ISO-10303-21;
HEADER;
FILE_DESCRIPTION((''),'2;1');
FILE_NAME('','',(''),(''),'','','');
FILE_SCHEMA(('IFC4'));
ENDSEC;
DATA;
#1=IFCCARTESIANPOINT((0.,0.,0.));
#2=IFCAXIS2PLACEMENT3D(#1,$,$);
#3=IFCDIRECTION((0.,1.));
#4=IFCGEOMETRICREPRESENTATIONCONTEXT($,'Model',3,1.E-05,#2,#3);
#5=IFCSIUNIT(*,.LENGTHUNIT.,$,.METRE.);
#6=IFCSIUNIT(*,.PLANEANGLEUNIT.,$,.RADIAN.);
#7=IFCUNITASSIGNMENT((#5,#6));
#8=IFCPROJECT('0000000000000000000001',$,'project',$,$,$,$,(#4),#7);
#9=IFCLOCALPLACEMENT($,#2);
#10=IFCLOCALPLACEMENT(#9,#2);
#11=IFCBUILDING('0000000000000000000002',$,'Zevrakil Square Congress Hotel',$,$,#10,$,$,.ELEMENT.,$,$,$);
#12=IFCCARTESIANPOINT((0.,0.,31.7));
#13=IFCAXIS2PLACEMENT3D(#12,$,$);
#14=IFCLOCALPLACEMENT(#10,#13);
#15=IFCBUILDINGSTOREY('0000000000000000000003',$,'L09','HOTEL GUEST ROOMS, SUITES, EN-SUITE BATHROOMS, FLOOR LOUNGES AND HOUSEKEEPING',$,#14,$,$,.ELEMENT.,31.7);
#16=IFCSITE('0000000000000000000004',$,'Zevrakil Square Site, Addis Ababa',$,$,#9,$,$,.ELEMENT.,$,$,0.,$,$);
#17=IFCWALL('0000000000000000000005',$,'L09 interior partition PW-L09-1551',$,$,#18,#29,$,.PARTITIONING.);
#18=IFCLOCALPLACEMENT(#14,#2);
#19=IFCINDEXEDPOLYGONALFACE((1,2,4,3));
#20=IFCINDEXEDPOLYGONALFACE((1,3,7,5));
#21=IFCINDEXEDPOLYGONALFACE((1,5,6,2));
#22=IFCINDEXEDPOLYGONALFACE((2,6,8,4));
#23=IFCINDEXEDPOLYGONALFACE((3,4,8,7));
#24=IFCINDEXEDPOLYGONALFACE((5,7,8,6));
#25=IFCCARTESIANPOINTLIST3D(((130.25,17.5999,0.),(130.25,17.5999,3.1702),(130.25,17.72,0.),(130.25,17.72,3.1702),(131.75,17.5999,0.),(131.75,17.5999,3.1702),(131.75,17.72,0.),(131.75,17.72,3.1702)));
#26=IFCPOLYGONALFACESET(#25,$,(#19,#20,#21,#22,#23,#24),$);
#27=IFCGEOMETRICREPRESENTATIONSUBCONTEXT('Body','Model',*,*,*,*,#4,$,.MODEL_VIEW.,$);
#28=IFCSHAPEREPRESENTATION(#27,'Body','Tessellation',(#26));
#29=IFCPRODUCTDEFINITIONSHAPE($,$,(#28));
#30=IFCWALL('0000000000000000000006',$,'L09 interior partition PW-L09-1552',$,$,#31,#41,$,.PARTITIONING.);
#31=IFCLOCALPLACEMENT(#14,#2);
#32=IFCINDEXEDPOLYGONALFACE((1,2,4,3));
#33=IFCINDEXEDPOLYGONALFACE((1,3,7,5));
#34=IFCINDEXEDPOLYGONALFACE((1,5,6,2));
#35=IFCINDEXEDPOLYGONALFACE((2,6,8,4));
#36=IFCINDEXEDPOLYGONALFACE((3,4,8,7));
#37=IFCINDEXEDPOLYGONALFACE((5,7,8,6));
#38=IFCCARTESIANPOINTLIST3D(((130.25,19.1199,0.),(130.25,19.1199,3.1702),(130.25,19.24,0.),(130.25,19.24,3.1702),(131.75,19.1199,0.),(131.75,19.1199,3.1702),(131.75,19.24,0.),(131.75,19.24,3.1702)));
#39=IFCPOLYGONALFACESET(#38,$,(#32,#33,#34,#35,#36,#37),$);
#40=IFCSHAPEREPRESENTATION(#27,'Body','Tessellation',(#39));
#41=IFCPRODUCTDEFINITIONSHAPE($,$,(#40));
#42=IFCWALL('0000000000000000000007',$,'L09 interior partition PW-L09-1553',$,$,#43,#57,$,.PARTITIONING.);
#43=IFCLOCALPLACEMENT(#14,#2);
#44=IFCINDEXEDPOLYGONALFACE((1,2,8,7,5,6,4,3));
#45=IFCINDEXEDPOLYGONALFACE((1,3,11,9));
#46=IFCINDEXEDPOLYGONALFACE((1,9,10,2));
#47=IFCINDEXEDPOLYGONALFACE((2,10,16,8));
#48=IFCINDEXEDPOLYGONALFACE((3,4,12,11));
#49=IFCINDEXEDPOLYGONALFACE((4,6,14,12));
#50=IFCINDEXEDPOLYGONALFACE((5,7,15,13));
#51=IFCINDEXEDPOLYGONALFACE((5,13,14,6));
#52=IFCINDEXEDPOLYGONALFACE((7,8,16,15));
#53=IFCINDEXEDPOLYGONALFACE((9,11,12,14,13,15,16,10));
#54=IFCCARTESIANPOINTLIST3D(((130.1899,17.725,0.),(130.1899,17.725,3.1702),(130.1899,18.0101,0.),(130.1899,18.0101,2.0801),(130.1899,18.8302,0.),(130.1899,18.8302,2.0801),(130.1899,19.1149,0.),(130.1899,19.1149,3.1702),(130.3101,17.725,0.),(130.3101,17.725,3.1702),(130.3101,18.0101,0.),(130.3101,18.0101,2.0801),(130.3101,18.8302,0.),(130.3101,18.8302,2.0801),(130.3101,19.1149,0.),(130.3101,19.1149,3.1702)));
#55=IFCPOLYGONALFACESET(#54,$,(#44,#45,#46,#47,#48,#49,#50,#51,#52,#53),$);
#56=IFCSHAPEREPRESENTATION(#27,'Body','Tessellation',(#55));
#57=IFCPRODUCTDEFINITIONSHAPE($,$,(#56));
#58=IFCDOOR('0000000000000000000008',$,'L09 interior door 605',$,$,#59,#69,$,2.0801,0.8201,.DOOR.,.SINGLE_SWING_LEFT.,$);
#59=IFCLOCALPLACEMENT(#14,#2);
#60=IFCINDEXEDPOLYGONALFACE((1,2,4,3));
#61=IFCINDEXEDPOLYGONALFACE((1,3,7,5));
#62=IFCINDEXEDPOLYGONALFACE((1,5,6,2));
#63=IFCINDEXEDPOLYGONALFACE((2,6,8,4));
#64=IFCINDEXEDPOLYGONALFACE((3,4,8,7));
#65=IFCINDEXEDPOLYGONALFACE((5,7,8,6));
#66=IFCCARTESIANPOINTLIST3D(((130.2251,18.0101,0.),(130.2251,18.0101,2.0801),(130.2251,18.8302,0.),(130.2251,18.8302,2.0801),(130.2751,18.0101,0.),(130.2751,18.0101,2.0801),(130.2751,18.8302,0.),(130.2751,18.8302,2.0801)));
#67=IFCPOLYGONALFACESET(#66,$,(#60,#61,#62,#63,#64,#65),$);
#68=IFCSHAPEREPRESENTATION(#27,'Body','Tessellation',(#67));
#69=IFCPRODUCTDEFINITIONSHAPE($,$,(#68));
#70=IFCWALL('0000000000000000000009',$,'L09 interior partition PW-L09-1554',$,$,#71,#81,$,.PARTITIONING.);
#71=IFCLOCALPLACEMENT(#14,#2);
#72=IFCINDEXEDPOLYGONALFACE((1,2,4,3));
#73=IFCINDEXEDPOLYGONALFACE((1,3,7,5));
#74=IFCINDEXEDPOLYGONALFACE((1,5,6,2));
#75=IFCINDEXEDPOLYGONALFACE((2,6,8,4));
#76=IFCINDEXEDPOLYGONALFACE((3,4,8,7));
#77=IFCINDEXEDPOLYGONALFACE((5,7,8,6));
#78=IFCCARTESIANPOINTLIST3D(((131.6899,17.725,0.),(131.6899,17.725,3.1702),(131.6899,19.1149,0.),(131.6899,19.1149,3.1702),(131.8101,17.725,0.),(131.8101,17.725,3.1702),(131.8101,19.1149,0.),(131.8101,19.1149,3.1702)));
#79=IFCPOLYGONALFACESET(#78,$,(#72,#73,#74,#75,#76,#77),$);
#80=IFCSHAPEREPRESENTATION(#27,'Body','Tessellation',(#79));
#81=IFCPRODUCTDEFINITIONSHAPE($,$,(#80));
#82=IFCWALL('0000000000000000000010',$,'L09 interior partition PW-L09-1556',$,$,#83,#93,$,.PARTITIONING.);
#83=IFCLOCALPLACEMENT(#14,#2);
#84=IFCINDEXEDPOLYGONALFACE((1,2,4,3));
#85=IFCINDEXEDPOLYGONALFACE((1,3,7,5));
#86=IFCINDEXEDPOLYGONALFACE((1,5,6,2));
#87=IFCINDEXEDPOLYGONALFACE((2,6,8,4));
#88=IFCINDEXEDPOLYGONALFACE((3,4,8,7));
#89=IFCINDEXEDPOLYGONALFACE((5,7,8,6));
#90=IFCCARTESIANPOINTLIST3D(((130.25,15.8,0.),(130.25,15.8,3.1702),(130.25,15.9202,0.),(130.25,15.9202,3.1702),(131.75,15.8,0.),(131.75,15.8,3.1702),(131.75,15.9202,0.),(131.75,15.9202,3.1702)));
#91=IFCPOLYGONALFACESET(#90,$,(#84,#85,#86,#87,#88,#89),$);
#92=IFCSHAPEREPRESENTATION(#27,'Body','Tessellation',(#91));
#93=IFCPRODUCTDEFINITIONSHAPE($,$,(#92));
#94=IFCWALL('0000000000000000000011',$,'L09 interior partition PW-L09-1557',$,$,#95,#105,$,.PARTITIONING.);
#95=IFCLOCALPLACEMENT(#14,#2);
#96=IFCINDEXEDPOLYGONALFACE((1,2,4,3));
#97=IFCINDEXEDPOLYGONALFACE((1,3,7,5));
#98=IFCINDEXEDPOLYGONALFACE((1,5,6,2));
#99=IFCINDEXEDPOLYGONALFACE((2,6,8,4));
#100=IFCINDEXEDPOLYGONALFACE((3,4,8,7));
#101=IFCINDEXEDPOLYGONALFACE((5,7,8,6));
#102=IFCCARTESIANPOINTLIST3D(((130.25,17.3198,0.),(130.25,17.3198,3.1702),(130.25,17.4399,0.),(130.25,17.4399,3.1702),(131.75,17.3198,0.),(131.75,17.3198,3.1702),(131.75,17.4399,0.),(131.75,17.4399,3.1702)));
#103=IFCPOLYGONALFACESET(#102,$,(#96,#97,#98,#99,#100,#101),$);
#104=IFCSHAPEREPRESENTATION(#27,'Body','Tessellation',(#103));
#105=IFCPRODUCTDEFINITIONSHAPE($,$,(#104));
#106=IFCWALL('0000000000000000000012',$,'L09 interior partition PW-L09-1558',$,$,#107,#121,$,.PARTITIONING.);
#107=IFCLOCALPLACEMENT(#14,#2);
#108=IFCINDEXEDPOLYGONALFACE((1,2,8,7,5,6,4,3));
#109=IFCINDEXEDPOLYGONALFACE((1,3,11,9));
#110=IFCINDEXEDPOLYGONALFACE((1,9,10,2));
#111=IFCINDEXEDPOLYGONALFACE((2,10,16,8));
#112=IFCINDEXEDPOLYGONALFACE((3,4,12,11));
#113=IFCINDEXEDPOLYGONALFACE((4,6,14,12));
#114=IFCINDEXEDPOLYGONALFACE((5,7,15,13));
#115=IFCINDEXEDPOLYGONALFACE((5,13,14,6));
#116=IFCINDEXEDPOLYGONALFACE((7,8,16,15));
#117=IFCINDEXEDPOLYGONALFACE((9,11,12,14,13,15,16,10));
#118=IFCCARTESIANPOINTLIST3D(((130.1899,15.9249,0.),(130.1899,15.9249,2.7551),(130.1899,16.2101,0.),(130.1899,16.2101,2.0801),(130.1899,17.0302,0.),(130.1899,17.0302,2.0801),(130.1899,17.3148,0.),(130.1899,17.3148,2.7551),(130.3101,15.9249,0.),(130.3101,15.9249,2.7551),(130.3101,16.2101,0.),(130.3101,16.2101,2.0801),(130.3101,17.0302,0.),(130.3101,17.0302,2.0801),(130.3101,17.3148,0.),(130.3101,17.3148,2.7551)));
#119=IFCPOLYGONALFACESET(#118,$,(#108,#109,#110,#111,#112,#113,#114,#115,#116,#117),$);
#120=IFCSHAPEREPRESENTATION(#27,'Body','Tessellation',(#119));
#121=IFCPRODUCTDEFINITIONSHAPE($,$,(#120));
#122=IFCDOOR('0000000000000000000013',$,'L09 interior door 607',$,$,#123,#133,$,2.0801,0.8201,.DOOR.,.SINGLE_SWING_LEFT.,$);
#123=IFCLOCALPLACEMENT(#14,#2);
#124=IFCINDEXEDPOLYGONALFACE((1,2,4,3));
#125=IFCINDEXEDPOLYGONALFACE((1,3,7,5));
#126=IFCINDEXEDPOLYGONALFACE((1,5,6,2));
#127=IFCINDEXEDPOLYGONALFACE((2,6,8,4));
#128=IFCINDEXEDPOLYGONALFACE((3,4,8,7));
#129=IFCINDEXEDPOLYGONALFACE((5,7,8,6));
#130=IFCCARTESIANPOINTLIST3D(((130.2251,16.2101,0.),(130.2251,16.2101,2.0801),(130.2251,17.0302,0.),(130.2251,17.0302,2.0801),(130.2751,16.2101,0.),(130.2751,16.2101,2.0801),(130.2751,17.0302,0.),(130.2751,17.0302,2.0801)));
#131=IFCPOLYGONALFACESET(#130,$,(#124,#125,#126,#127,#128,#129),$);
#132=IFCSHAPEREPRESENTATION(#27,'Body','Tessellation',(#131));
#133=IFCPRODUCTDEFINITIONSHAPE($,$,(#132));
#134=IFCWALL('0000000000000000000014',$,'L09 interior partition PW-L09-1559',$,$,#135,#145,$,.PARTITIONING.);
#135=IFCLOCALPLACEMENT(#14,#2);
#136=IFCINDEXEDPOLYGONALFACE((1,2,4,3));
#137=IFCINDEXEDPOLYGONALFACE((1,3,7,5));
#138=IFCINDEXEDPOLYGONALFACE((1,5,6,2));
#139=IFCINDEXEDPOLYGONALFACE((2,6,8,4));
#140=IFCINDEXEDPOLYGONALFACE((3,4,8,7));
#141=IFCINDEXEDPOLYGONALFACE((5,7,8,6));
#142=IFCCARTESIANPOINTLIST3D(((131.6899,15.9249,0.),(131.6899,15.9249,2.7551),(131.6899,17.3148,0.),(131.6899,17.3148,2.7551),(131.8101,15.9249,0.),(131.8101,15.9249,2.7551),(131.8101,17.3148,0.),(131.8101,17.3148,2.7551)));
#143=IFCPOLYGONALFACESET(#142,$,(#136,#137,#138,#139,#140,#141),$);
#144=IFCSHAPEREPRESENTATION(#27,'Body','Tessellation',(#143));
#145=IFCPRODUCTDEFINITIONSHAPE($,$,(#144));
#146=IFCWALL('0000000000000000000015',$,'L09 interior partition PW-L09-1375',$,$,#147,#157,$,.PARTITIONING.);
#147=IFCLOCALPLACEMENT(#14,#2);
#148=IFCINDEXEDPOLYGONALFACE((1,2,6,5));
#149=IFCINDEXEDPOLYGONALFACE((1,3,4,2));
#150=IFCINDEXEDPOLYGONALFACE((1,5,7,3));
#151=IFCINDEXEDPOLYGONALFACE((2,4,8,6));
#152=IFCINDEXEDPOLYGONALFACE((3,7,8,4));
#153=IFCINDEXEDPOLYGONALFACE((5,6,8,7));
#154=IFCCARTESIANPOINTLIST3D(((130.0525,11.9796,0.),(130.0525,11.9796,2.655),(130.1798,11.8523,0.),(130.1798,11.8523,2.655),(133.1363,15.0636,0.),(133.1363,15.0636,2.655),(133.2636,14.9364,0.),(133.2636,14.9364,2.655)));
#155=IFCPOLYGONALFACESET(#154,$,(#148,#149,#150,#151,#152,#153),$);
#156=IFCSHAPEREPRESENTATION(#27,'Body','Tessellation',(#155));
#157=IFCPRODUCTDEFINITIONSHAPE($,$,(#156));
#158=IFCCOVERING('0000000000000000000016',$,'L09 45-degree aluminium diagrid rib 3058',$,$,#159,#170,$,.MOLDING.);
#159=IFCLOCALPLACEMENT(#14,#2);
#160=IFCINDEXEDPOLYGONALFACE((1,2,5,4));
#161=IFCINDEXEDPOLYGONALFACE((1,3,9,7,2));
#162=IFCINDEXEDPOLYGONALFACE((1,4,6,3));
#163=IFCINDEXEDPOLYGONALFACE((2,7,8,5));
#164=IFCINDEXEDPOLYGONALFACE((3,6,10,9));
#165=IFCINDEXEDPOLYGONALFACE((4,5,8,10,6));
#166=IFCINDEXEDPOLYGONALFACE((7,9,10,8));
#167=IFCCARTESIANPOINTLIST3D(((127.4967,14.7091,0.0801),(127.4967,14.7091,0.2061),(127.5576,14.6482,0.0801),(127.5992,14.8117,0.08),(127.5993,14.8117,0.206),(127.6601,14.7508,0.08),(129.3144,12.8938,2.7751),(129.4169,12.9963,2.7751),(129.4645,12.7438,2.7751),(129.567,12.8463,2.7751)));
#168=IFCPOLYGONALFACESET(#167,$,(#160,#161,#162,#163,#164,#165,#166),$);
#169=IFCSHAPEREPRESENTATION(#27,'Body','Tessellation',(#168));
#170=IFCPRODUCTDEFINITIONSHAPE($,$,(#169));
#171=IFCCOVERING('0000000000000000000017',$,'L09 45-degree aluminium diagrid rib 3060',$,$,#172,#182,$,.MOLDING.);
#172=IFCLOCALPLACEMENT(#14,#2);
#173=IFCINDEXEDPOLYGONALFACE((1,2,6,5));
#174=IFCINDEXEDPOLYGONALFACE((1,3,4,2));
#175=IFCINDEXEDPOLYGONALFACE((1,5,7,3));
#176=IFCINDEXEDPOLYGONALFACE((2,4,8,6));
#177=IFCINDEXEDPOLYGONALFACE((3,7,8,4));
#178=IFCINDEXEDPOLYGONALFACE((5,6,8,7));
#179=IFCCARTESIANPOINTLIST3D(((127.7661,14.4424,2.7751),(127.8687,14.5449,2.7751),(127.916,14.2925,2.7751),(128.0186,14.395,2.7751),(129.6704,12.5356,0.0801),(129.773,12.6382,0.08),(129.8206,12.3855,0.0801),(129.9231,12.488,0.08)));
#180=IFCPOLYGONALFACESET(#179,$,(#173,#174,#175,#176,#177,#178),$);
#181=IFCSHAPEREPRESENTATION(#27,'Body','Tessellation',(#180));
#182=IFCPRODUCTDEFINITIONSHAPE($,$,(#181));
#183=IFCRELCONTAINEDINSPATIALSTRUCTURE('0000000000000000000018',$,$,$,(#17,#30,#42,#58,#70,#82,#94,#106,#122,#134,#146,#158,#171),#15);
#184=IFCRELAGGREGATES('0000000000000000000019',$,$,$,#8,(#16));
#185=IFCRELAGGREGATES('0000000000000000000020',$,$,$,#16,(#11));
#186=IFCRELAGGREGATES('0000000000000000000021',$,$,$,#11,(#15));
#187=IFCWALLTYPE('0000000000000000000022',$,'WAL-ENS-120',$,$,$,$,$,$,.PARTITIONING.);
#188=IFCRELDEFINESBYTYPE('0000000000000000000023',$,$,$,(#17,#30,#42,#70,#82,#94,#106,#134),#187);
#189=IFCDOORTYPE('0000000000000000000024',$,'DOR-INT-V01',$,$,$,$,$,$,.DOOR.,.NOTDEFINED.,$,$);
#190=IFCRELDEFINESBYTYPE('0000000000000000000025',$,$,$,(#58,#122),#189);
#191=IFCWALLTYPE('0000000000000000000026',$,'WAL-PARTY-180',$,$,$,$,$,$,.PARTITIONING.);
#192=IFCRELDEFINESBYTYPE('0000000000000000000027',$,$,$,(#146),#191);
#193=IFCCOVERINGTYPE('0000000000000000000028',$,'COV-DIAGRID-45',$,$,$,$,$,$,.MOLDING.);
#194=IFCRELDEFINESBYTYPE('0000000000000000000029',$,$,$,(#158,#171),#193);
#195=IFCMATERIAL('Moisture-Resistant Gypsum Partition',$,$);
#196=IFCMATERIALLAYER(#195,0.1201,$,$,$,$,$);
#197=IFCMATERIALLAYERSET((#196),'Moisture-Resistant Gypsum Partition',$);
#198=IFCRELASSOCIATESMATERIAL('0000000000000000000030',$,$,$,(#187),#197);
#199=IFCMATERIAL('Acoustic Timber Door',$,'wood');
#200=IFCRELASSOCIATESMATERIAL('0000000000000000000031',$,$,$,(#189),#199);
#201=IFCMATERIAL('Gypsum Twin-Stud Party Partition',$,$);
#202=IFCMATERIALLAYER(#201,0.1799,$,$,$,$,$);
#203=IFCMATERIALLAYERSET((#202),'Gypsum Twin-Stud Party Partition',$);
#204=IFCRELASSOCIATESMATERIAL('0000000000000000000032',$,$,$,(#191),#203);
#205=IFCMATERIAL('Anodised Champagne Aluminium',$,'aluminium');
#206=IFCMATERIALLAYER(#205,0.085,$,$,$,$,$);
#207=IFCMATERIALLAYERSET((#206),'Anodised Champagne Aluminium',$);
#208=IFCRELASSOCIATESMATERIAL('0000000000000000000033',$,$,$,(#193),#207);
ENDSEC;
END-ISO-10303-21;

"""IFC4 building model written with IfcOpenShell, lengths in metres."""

from ifc_helpers import new_model, si_unit, direction, frame, frame_2d, origin, place, context, subcontext, project, spatial, polyline, rectangle, outline, extrude, material, layer, layer_set, type_object, element, fill, save


model = new_model("IFC4")

# Units and contexts
model_context = context("Model", 3, precision=1e-05, world=origin(), true_north=direction((0.0, 1.0)))
body_context = subcontext(model_context, "Body", "Model", "MODEL_VIEW")
ifc_project = project(units=[si_unit("LENGTHUNIT", "METRE"), si_unit("PLANEANGLEUNIT", "RADIAN")], contexts=[model_context])

# Site, building, storey
site_placement = place(None, origin())
site = spatial("IfcSite", under=ifc_project, at=site_placement, Name="Zevrakil Square Site, Addis Ababa", CompositionType="ELEMENT", RefElevation=0.0)
building_placement = place(site_placement, origin())
building = spatial("IfcBuilding", under=site, at=building_placement, Name="Zevrakil Square Congress Hotel", CompositionType="ELEMENT")
storey_placement = place(building_placement, frame((0.0, 0.0, 31.7)))
storey = spatial("IfcBuildingStorey", under=building, at=storey_placement, Name="L09", Description="HOTEL GUEST ROOMS, SUITES, EN-SUITE BATHROOMS, FLOOR LOUNGES AND HOUSEKEEPING", CompositionType="ELEMENT", Elevation=31.7)

# Shared definitions
ifc_material_1 = material(Name="Moisture-Resistant Gypsum Partition")
ifc_layer_1 = layer(ifc_material_1, 0.1201)
ifc_layer_set_1 = layer_set([ifc_layer_1], Name="Moisture-Resistant Gypsum Partition")
wall_type_1 = type_object("IfcWallType", Name="WAL-ENS-120", PredefinedType="PARTITIONING", material=ifc_layer_set_1)

# Shared definitions
ifc_material_2 = material(Name="Acoustic Timber Door", Category="wood")
door_type_1 = type_object("IfcDoorType", Name="DOR-INT-V01", OperationType="NOTDEFINED", PredefinedType="DOOR", material=ifc_material_2)

# Walls
for number, where, z_axis, x_axis, name in (
    (1, (130.25, 17.6599, 0.0), (0.0, 0.0, 1.0), (1.0, 0.0, 0.0), "L09 interior partition PW-L09-1551"),
    (2, (130.25, 19.1799, 0.0), (0.0, 0.0, 1.0), (1.0, 0.0, 0.0), "L09 interior partition PW-L09-1552"),
):
    element("IfcWall", number, at=place(storey_placement, frame(where, z_axis=z_axis, x_axis=x_axis)), inside=storey, type_object=wall_type_1, Name=name, PredefinedType="PARTITIONING", context=body_context, shape_type="SweptSolid", body=[
        extrude(rectangle(XDim=1.5, YDim=0.1201, at=frame_2d((0.75, 0.0))), origin(), (0.0, 0.0, 1.0), 3.1702),
    ])

# Wall, opening, door
wall_1_placement = place(storey_placement, frame((130.25, 17.7251, 0.0), z_axis=(0.0, 0.0, 1.0), x_axis=(0.0, 1.0, 0.0)))
wall_1 = element("IfcWall", 3, at=wall_1_placement, inside=storey, type_object=wall_type_1, Name="L09 interior partition PW-L09-1553", PredefinedType="PARTITIONING", context=body_context, shape_type="SweptSolid", body=[
    extrude(rectangle(XDim=1.3899, YDim=0.1201, at=frame_2d((0.6948, 0.0))), origin(), (0.0, 0.0, 1.0), 3.1702),
])
opening_1_placement = place(wall_1_placement, frame((0.2849, 0.0, 0.0)))
opening_1 = element("IfcOpeningElement", 4, at=opening_1_placement, cuts=wall_1, PredefinedType="OPENING", context=body_context, shape_type="SweptSolid", body=[
    extrude(rectangle(XDim=0.8201, YDim=2.0801, at=frame_2d((0.4102, 1.04))), frame((0.0, 0.0701, 0.0), z_axis=(0.0, -1.0, 0.0), x_axis=(1.0, 0.0, 0.0)), (0.0, 0.0, 1.0), 0.1401),
])
door_1_placement = place(opening_1_placement, origin())
door_1 = element("IfcDoor", 5, at=door_1_placement, inside=storey, type_object=door_type_1, Name="L09 interior door 605", OperationType="SINGLE_SWING_LEFT", OverallHeight=2.0801, OverallWidth=0.8201, PredefinedType="DOOR", context=body_context, shape_type="SweptSolid", body=[
    extrude(rectangle(XDim=0.8201, YDim=2.0801, at=frame_2d((0.4102, 1.04))), frame((0.0, 0.0249, 0.0), z_axis=(0.0, -1.0, 0.0), x_axis=(1.0, 0.0, 0.0)), (0.0, 0.0, 1.0), 0.05),
])
fill(opening_1, door_1)

# Walls
wall_2_placement = place(storey_placement, frame((131.75, 17.7251, 0.0), z_axis=(0.0, 0.0, 1.0), x_axis=(0.0, 1.0, 0.0)))
element("IfcWall", 6, at=wall_2_placement, inside=storey, type_object=wall_type_1, Name="L09 interior partition PW-L09-1554", PredefinedType="PARTITIONING", context=body_context, shape_type="SweptSolid", body=[
    extrude(rectangle(XDim=1.3899, YDim=0.1201, at=frame_2d((0.6948, 0.0))), origin(), (0.0, 0.0, 1.0), 3.1702),
])
for number, where, z_axis, x_axis, name in (
    (7, (130.25, 15.8601, 0.0), (0.0, 0.0, 1.0), (1.0, 0.0, 0.0), "L09 interior partition PW-L09-1556"),
    (8, (130.25, 17.3799, 0.0), (0.0, 0.0, 1.0), (1.0, 0.0, 0.0), "L09 interior partition PW-L09-1557"),
):
    element("IfcWall", number, at=place(storey_placement, frame(where, z_axis=z_axis, x_axis=x_axis)), inside=storey, type_object=wall_type_1, Name=name, PredefinedType="PARTITIONING", context=body_context, shape_type="SweptSolid", body=[
        extrude(rectangle(XDim=1.5, YDim=0.1201, at=frame_2d((0.75, 0.0))), origin(), (0.0, 0.0, 1.0), 3.1702),
    ])

# Wall, opening, door
wall_3_placement = place(storey_placement, frame((130.25, 15.925, 0.0), z_axis=(0.0, 0.0, 1.0), x_axis=(0.0, 1.0, 0.0)))
wall_3 = element("IfcWall", 9, at=wall_3_placement, inside=storey, type_object=wall_type_1, Name="L09 interior partition PW-L09-1558", PredefinedType="PARTITIONING", context=body_context, shape_type="SweptSolid", body=[
    extrude(rectangle(XDim=1.3899, YDim=0.1201, at=frame_2d((0.6948, 0.0))), origin(), (0.0, 0.0, 1.0), 2.7551),
])
opening_2_placement = place(wall_3_placement, frame((0.2849, 0.0, 0.0)))
opening_2 = element("IfcOpeningElement", 10, at=opening_2_placement, cuts=wall_3, PredefinedType="OPENING", context=body_context, shape_type="SweptSolid", body=[
    extrude(rectangle(XDim=0.8201, YDim=2.0801, at=frame_2d((0.4102, 1.04))), frame((0.0, 0.0701, 0.0), z_axis=(0.0, -1.0, 0.0), x_axis=(1.0, 0.0, 0.0)), (0.0, 0.0, 1.0), 0.1401),
])
door_2_placement = place(opening_2_placement, origin())
door_2 = element("IfcDoor", 11, at=door_2_placement, inside=storey, type_object=door_type_1, Name="L09 interior door 607", OperationType="SINGLE_SWING_LEFT", OverallHeight=2.0801, OverallWidth=0.8201, PredefinedType="DOOR", context=body_context, shape_type="SweptSolid", body=[
    extrude(rectangle(XDim=0.8201, YDim=2.0801, at=frame_2d((0.4102, 1.04))), frame((0.0, 0.0249, 0.0), z_axis=(0.0, -1.0, 0.0), x_axis=(1.0, 0.0, 0.0)), (0.0, 0.0, 1.0), 0.05),
])
fill(opening_2, door_2)

# Walls
wall_4_placement = place(storey_placement, frame((131.75, 15.925, 0.0), z_axis=(0.0, 0.0, 1.0), x_axis=(0.0, 1.0, 0.0)))
element("IfcWall", 12, at=wall_4_placement, inside=storey, type_object=wall_type_1, Name="L09 interior partition PW-L09-1559", PredefinedType="PARTITIONING", context=body_context, shape_type="SweptSolid", body=[
    extrude(rectangle(XDim=1.3899, YDim=0.1201, at=frame_2d((0.6948, 0.0))), origin(), (0.0, 0.0, 1.0), 2.7551),
])
ifc_material_3 = material(Name="Gypsum Twin-Stud Party Partition")
ifc_layer_2 = layer(ifc_material_3, 0.1799)
ifc_layer_set_2 = layer_set([ifc_layer_2], Name="Gypsum Twin-Stud Party Partition")
wall_type_2 = type_object("IfcWallType", Name="WAL-PARTY-180", PredefinedType="PARTITIONING", material=ifc_layer_set_2)
wall_5_placement = place(storey_placement, frame((133.2, 15.0, 0.0), z_axis=(0.0, 0.0, 1.0), x_axis=(-0.707079, -0.707135, 0.0)))
element("IfcWall", 13, at=wall_5_placement, inside=storey, type_object=wall_type_2, Name="L09 interior partition PW-L09-1375", PredefinedType="PARTITIONING", context=body_context, shape_type="SweptSolid", body=[
    extrude(rectangle(XDim=4.3613, YDim=0.1799, at=frame_2d((2.1807, 0.0))), origin(), (0.0, 0.0, 1.0), 2.655),
])

# Coverings
ifc_material_4 = material(Name="Anodised Champagne Aluminium", Category="aluminium")
ifc_layer_3 = layer(ifc_material_4, 0.085)
ifc_layer_set_3 = layer_set([ifc_layer_3], Name="Anodised Champagne Aluminium")
covering_type = type_object("IfcCoveringType", Name="COV-DIAGRID-45", PredefinedType="MOLDING", material=ifc_layer_set_3)
covering_1_placement = place(storey_placement, frame((127.5576, 14.6482, 0.0801), z_axis=(-0.706984, -0.707229, 0.000457), x_axis=(-0.70723, 0.706984, 0.000001)))
element("IfcCovering", 14, at=covering_1_placement, inside=storey, type_object=covering_type, Name="L09 45-degree aluminium diagrid rib 3058", PredefinedType="MOLDING", context=body_context, shape_type="SweptSolid", body=[
    extrude(outline(polyline([(0.0, 0.0), (0.0861, 0.0), (0.0861, -0.126), (-2.4828, -2.6951), (-2.695, -2.6951), (0.0, 0.0)])), origin(), (0.0, 0.0, -1.0), 0.145),
])
covering_2_placement = place(storey_placement, frame((127.7661, 14.4424, 2.7751), z_axis=(-0.707107, -0.707107, 0.000641), x_axis=(0.707107, -0.707107, 0.0)))
element("IfcCovering", 15, at=covering_2_placement, inside=storey, type_object=covering_type, Name="L09 45-degree aluminium diagrid rib 3060", PredefinedType="MOLDING", context=body_context, shape_type="SweptSolid", body=[
    extrude(outline(polyline([(0.0, 0.0), (0.212, 0.0), (2.9071, -2.6951), (2.6948, -2.6951), (0.0, 0.0)])), origin(), (0.0, 0.0, -1.0), 0.145),
])

save(model, "model.ifc")
